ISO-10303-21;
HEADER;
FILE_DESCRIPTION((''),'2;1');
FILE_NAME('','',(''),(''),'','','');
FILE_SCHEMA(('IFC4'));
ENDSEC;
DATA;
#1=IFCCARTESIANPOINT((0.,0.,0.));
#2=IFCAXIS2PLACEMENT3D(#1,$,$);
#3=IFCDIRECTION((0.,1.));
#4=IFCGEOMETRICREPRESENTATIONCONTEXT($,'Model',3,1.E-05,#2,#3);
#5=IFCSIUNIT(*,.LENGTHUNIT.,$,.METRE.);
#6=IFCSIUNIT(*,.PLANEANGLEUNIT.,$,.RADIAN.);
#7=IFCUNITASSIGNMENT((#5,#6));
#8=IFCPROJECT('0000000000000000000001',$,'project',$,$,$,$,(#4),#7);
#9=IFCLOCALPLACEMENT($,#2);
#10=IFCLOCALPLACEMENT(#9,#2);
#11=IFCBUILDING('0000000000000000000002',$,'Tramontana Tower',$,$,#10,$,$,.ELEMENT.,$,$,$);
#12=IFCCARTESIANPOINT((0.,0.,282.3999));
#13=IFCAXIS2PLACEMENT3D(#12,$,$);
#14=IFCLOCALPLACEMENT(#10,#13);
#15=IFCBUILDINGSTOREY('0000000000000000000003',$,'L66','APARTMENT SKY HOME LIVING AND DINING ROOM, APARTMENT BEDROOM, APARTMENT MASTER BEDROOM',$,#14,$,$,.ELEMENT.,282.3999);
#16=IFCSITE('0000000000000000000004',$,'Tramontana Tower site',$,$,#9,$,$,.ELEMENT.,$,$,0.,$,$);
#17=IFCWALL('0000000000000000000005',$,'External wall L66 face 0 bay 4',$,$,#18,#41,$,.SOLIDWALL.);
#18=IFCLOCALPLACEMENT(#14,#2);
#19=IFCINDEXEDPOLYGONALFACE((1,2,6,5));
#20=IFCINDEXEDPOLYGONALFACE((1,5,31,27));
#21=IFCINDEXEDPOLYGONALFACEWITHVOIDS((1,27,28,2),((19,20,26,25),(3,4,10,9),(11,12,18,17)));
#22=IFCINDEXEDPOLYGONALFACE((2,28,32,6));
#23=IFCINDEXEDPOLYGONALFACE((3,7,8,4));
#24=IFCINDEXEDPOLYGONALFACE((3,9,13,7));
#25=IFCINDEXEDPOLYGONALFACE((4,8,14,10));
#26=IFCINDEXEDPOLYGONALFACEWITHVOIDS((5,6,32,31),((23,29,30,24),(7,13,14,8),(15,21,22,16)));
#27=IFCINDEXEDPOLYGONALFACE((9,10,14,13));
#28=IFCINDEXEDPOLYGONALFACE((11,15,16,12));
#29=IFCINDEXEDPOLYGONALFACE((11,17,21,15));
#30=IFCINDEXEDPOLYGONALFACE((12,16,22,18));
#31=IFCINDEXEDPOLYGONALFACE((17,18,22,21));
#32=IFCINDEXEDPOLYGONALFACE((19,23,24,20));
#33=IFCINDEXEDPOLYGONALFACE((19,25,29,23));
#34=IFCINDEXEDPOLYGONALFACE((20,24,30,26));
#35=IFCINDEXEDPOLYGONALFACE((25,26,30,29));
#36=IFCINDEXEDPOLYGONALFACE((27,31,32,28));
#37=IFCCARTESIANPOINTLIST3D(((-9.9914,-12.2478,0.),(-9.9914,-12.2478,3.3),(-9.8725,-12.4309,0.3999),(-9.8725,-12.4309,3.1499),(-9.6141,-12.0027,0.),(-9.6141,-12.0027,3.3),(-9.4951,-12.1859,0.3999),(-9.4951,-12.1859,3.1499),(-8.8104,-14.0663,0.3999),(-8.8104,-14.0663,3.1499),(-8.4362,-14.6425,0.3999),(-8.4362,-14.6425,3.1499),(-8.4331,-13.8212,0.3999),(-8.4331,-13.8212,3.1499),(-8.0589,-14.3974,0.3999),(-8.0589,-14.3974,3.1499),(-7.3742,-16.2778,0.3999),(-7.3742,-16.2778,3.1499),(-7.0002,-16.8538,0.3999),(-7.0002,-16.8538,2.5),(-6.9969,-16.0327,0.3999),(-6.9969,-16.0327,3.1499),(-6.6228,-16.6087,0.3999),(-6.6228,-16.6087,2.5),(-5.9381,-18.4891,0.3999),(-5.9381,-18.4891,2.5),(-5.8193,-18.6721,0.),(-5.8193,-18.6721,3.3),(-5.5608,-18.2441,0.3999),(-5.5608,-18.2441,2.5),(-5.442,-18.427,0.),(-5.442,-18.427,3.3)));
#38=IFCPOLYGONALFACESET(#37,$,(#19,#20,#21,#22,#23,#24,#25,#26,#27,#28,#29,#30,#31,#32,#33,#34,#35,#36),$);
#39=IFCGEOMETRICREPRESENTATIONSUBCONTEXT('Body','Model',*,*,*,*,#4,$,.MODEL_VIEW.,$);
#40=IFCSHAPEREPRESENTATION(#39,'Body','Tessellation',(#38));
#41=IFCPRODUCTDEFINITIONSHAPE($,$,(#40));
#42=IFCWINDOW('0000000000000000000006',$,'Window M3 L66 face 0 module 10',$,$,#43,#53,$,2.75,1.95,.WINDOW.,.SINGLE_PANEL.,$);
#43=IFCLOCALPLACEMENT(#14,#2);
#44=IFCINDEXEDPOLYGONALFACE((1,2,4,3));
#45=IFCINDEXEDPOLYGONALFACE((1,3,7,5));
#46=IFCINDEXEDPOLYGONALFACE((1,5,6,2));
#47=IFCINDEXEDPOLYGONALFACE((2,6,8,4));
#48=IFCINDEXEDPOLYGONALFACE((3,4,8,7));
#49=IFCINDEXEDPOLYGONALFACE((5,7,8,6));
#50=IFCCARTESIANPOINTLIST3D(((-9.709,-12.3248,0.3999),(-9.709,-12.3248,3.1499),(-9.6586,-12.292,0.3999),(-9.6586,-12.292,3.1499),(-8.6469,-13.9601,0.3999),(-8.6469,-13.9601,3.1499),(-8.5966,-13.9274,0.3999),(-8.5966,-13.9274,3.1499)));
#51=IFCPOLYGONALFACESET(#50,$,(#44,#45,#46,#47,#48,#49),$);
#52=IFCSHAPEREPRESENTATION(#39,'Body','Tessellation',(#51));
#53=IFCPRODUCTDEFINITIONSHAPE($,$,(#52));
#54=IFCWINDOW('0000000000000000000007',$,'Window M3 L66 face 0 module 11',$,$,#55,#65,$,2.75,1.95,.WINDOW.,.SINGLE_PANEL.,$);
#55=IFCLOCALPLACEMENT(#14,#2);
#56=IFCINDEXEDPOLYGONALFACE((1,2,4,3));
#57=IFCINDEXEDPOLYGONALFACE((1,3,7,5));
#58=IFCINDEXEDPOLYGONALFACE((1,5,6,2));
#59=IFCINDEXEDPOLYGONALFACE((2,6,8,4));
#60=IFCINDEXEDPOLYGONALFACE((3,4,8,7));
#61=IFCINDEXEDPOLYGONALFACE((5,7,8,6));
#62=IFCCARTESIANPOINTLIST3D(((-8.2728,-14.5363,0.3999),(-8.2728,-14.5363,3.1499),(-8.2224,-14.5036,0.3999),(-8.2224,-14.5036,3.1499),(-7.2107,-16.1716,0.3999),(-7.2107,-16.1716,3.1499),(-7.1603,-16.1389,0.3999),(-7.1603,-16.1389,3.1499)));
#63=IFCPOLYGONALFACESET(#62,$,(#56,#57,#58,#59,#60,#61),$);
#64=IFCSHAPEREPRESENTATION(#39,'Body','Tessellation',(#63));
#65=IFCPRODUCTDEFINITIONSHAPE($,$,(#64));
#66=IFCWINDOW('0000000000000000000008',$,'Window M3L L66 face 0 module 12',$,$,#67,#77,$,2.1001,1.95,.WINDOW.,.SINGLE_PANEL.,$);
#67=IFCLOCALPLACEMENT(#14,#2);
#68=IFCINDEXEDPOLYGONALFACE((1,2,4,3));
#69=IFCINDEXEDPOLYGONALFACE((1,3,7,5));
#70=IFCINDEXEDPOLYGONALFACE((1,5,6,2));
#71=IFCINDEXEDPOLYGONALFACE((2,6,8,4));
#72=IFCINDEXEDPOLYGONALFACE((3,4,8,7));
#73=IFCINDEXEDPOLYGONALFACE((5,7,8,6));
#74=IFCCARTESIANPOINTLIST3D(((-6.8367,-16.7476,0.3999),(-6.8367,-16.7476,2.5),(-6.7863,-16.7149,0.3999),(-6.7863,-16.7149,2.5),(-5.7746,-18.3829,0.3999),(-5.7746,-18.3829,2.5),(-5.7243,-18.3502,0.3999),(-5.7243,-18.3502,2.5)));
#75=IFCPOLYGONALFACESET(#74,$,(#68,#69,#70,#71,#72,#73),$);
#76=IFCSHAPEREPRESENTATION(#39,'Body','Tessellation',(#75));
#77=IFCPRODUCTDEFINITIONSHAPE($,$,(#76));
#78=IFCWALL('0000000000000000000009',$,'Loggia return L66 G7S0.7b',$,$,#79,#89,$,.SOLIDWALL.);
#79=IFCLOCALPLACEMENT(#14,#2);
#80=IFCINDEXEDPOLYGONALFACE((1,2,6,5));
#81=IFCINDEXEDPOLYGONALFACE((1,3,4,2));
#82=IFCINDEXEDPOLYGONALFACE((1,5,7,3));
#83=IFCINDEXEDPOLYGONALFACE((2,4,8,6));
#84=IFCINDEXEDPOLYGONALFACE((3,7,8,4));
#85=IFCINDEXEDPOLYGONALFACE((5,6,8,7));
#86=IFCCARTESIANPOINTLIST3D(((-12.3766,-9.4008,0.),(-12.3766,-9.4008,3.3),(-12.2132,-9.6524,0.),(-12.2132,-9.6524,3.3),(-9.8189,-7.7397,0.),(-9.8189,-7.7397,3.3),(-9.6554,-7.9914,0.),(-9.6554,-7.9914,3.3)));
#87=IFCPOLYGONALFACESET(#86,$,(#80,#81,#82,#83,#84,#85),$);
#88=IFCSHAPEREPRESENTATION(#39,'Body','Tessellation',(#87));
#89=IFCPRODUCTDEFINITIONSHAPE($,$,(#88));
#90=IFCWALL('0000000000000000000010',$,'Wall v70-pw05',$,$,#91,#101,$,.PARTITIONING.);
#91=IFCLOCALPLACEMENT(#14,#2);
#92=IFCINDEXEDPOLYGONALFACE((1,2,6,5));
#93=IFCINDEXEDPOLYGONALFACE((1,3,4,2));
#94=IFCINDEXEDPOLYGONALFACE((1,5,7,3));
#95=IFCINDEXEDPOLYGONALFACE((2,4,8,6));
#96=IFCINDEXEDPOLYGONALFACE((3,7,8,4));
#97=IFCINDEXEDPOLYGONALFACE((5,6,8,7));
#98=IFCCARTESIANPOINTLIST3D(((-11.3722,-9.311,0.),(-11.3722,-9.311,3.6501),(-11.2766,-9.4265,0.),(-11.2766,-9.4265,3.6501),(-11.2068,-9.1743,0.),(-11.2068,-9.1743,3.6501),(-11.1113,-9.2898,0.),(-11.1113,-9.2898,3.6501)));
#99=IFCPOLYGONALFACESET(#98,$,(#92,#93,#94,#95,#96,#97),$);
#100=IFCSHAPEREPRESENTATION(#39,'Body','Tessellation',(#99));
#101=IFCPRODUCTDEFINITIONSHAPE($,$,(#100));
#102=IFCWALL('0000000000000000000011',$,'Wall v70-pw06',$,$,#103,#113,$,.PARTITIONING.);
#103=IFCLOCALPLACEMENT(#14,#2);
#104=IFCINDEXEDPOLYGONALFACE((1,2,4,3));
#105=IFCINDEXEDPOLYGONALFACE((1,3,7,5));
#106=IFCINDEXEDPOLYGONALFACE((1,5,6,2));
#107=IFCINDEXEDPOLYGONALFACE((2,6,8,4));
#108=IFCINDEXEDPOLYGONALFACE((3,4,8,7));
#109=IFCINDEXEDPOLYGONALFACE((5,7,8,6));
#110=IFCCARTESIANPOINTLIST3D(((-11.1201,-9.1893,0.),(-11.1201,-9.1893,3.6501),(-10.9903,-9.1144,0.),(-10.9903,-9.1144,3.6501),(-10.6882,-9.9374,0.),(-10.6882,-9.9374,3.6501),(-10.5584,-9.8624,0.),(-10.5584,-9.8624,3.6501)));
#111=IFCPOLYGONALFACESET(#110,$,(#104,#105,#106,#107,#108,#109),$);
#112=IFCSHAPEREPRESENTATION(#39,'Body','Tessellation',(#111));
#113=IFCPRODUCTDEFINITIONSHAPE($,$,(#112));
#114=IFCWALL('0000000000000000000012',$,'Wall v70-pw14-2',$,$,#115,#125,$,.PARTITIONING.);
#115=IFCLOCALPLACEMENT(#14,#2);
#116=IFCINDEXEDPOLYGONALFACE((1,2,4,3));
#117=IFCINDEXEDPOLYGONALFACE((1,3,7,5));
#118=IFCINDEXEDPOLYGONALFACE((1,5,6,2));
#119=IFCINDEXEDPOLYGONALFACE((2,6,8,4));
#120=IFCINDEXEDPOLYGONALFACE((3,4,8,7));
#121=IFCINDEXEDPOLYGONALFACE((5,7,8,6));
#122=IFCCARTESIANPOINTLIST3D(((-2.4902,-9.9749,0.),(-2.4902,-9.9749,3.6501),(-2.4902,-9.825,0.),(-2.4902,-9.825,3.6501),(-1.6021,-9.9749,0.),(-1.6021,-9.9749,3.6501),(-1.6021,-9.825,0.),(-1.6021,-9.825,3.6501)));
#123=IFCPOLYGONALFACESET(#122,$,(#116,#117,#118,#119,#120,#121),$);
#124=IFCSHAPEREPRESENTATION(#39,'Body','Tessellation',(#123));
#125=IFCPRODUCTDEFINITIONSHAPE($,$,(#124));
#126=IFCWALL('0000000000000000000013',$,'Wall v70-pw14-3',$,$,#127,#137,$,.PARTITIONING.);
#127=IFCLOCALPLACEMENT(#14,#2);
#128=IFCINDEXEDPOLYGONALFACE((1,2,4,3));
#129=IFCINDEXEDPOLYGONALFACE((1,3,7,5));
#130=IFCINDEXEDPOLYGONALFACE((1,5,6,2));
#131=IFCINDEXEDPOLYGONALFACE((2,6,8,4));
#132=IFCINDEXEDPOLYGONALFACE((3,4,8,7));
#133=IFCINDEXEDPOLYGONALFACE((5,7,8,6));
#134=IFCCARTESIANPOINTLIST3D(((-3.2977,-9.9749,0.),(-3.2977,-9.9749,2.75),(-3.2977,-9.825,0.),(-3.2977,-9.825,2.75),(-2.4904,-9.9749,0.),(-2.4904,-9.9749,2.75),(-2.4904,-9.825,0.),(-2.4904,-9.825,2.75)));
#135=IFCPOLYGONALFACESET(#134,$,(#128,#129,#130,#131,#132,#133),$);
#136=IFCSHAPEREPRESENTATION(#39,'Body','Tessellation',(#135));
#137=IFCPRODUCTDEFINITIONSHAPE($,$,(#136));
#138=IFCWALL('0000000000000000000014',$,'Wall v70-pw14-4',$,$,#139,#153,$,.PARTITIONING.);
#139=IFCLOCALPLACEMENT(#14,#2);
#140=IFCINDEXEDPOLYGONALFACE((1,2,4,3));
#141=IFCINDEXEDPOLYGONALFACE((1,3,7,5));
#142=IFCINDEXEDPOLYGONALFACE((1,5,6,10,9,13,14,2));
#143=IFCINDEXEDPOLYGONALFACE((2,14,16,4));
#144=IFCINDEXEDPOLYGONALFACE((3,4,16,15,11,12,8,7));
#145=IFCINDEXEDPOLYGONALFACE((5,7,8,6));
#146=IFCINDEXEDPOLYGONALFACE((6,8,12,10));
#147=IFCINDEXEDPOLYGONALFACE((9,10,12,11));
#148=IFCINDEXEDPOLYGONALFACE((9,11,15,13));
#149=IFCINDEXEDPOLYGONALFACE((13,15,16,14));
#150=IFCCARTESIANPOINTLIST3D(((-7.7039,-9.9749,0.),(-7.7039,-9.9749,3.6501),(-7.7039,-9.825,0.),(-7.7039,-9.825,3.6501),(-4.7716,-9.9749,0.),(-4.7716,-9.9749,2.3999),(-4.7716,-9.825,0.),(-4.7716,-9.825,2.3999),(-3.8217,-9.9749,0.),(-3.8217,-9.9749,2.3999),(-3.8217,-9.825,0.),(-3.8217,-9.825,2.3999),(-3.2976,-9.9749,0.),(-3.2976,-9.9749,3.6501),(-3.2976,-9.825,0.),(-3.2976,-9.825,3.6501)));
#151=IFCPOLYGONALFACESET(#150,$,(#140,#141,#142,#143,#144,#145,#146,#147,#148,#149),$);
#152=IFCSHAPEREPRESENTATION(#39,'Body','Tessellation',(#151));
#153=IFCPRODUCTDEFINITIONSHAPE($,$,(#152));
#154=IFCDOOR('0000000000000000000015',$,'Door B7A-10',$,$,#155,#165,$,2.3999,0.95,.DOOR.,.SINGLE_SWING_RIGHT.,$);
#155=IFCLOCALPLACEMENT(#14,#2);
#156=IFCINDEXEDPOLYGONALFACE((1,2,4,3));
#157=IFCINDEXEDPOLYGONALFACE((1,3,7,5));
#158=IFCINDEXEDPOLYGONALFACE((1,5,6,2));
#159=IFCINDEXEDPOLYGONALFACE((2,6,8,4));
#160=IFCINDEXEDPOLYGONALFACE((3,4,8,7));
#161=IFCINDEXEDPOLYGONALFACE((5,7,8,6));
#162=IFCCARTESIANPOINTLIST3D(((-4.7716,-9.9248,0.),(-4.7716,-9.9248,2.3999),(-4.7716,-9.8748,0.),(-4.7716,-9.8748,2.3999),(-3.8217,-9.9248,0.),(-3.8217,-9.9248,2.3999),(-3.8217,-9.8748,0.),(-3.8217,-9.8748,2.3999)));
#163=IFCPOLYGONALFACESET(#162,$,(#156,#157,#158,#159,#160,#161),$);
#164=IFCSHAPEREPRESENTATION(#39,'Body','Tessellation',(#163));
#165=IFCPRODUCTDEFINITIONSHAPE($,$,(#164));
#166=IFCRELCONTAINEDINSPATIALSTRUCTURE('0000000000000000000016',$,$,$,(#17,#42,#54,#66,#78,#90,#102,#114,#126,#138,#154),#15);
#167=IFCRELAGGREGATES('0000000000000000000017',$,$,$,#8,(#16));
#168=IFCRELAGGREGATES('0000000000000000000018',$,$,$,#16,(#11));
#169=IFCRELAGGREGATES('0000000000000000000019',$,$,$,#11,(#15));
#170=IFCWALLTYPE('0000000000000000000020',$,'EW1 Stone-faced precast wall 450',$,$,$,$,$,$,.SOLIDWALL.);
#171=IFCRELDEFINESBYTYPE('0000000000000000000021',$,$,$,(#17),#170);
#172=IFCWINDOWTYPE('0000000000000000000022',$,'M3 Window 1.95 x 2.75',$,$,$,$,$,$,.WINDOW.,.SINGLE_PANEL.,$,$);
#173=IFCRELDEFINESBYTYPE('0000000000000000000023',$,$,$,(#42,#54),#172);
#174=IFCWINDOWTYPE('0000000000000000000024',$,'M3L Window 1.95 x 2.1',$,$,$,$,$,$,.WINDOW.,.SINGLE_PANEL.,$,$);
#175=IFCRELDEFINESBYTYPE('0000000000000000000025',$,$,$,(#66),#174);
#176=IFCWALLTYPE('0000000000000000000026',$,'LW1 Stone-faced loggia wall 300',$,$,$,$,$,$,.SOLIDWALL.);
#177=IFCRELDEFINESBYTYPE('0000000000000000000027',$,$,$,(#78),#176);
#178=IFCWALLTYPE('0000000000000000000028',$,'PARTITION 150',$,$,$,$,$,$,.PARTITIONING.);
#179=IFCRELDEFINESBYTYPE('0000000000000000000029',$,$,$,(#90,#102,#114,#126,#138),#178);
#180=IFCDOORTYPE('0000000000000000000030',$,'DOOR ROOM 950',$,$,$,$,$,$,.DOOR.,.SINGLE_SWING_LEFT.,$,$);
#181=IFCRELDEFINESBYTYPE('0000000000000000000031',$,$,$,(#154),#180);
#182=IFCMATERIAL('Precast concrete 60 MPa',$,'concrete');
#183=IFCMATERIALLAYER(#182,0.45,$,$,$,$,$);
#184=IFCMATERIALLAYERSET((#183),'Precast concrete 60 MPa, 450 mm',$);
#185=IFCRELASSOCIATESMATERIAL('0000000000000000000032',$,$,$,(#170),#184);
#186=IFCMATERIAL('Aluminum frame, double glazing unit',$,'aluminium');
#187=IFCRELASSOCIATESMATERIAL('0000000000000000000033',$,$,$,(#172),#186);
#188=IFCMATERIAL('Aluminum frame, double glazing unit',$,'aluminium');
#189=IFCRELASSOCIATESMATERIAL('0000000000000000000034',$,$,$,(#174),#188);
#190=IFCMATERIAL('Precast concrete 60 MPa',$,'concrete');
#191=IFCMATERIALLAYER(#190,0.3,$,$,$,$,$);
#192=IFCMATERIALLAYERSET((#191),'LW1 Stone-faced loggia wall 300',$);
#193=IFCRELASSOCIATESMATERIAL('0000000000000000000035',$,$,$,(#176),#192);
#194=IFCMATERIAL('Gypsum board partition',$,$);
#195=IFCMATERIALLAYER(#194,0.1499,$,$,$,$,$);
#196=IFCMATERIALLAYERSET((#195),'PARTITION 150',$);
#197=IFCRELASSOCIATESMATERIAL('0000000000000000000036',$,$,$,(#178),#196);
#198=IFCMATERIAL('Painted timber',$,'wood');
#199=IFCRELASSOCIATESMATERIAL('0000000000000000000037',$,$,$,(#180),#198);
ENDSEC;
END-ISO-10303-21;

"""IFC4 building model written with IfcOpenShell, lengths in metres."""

from ifc_helpers import new_model, si_unit, direction, frame, frame_2d, origin, place, context, subcontext, project, spatial, rectangle, extrude, material, layer, layer_set, type_object, element, fill, save


model = new_model("IFC4")

# Units and contexts
model_context = context("Model", 3, precision=1e-05, world=origin(), true_north=direction((0.0, 1.0)))
body_context = subcontext(model_context, "Body", "Model", "MODEL_VIEW")
ifc_project = project(units=[si_unit("LENGTHUNIT", "METRE"), si_unit("PLANEANGLEUNIT", "RADIAN")], contexts=[model_context])

# Site, building, storey
site_placement = place(None, origin())
site = spatial("IfcSite", under=ifc_project, at=site_placement, Name="Tramontana Tower site", CompositionType="ELEMENT", RefElevation=0.0)
building_placement = place(site_placement, origin())
building = spatial("IfcBuilding", under=site, at=building_placement, Name="Tramontana Tower", CompositionType="ELEMENT")
storey_placement = place(building_placement, frame((0.0, 0.0, 282.3999)))
storey = spatial("IfcBuildingStorey", under=building, at=storey_placement, Name="L66", Description="APARTMENT SKY HOME LIVING AND DINING ROOM, APARTMENT BEDROOM, APARTMENT MASTER BEDROOM", CompositionType="ELEMENT", Elevation=282.3999)

# Shared definitions
ifc_material_1 = material(Name="Precast concrete 60 MPa", Category="concrete")
ifc_layer_1 = layer(ifc_material_1, 0.45)
ifc_layer_set_1 = layer_set([ifc_layer_1], Name="Precast concrete 60 MPa, 450 mm")
wall_type_1 = type_object("IfcWallType", Name="EW1 Stone-faced precast wall 450", PredefinedType="SOLIDWALL", material=ifc_layer_set_1)
ifc_material_2 = material(Name="Aluminum frame, double glazing unit", Category="aluminium")
window_type_1 = type_object("IfcWindowType", Name="M3 Window 1.95 x 2.75", PartitioningType="SINGLE_PANEL", PredefinedType="WINDOW", material=ifc_material_2)

# Wall, openings, windows
wall_1_placement = place(storey_placement, frame((-9.8027, -12.1252, 0.0), z_axis=(0.0, 0.0, 1.0), x_axis=(0.54465, -0.838663, 0.0)))
wall_1 = element("IfcWall", 1, at=wall_1_placement, inside=storey, type_object=wall_type_1, Name="External wall L66 face 0 bay 4", PredefinedType="SOLIDWALL", context=body_context, shape_type="SweptSolid", body=[
    extrude(rectangle(XDim=7.6602, YDim=0.45, at=frame_2d((3.8301, 0.0))), origin(), (0.0, 0.0, 1.0), 3.3),
])
opening_1_placement = place(wall_1_placement, frame((0.2183, 0.0, 0.3999)))
opening_1 = element("IfcOpeningElement", 2, at=opening_1_placement, cuts=wall_1, PredefinedType="OPENING", context=body_context, shape_type="SweptSolid", body=[
    extrude(rectangle(XDim=1.95, YDim=2.75, at=frame_2d((0.9751, 1.375))), frame((0.0, 0.2349, 0.0), z_axis=(0.0, -1.0, 0.0), x_axis=(1.0, 0.0, 0.0)), (0.0, 0.0, 1.0), 0.47),
])
opening_2_placement = place(wall_1_placement, frame((2.8552, 0.0, 0.3999)))
opening_2 = element("IfcOpeningElement", 3, at=opening_2_placement, cuts=wall_1, PredefinedType="OPENING", context=body_context, shape_type="SweptSolid", body=[
    extrude(rectangle(XDim=1.95, YDim=2.75, at=frame_2d((0.9751, 1.375))), frame((0.0, 0.2349, 0.0), z_axis=(0.0, -1.0, 0.0), x_axis=(1.0, 0.0, 0.0)), (0.0, 0.0, 1.0), 0.47),
])
opening_3_placement = place(wall_1_placement, frame((5.4919, 0.0, 0.3999)))
opening_3 = element("IfcOpeningElement", 4, at=opening_3_placement, cuts=wall_1, PredefinedType="OPENING", context=body_context, shape_type="SweptSolid", body=[
    extrude(rectangle(XDim=1.95, YDim=2.1001, at=frame_2d((0.9751, 1.05))), frame((0.0, 0.2349, 0.0), z_axis=(0.0, -1.0, 0.0), x_axis=(1.0, 0.0, 0.0)), (0.0, 0.0, 1.0), 0.47),
])
window_1_placement = place(opening_1_placement, origin())
window_1 = element("IfcWindow", 5, at=window_1_placement, inside=storey, type_object=window_type_1, Name="Window M3 L66 face 0 module 10", OverallHeight=2.75, OverallWidth=1.95, PartitioningType="SINGLE_PANEL", PredefinedType="WINDOW", context=body_context, shape_type="SweptSolid", body=[
    extrude(rectangle(XDim=1.95, YDim=2.75, at=frame_2d((0.9751, 1.375))), frame((0.0, 0.03, 0.0), z_axis=(0.0, -1.0, 0.0), x_axis=(1.0, 0.0, 0.0)), (0.0, 0.0, 1.0), 0.0601),
])
fill(opening_1, window_1)
window_2_placement = place(opening_2_placement, origin())
window_2 = element("IfcWindow", 6, at=window_2_placement, inside=storey, type_object=window_type_1, Name="Window M3 L66 face 0 module 11", OverallHeight=2.75, OverallWidth=1.95, PartitioningType="SINGLE_PANEL", PredefinedType="WINDOW", context=body_context, shape_type="SweptSolid", body=[
    extrude(rectangle(XDim=1.95, YDim=2.75, at=frame_2d((0.9751, 1.375))), frame((0.0, 0.03, 0.0), z_axis=(0.0, -1.0, 0.0), x_axis=(1.0, 0.0, 0.0)), (0.0, 0.0, 1.0), 0.0601),
])
fill(opening_2, window_2)
ifc_material_3 = material(Name="Aluminum frame, double glazing unit", Category="aluminium")
window_type_2 = type_object("IfcWindowType", Name="M3L Window 1.95 x 2.1", PartitioningType="SINGLE_PANEL", PredefinedType="WINDOW", material=ifc_material_3)
window_3_placement = place(opening_3_placement, origin())
window_3 = element("IfcWindow", 7, at=window_3_placement, inside=storey, type_object=window_type_2, Name="Window M3L L66 face 0 module 12", OverallHeight=2.1001, OverallWidth=1.95, PartitioningType="SINGLE_PANEL", PredefinedType="WINDOW", context=body_context, shape_type="SweptSolid", body=[
    extrude(rectangle(XDim=1.95, YDim=2.1001, at=frame_2d((0.9751, 1.05))), frame((0.0, 0.03, 0.0), z_axis=(0.0, -1.0, 0.0), x_axis=(1.0, 0.0, 0.0)), (0.0, 0.0, 1.0), 0.0601),
])
fill(opening_3, window_3)

# Walls
ifc_material_4 = material(Name="Precast concrete 60 MPa", Category="concrete")
ifc_layer_2 = layer(ifc_material_4, 0.3)
ifc_layer_set_2 = layer_set([ifc_layer_2], Name="LW1 Stone-faced loggia wall 300")
wall_type_2 = type_object("IfcWallType", Name="LW1 Stone-faced loggia wall 300", PredefinedType="SOLIDWALL", material=ifc_layer_set_2)
wall_2_placement = place(storey_placement, frame((-12.2949, -9.5266, 0.0), z_axis=(0.0, 0.0, 1.0), x_axis=(0.838665, 0.544648, 0.0)))
element("IfcWall", 8, at=wall_2_placement, inside=storey, type_object=wall_type_2, Name="Loggia return L66 G7S0.7b", PredefinedType="SOLIDWALL", context=body_context, shape_type="SweptSolid", body=[
    extrude(rectangle(XDim=3.0498, YDim=0.3, at=frame_2d((1.5249, 0.0))), origin(), (0.0, 0.0, 1.0), 3.3),
])
ifc_material_5 = material(Name="Gypsum board partition")
ifc_layer_3 = layer(ifc_material_5, 0.1499)
ifc_layer_set_3 = layer_set([ifc_layer_3], Name="PARTITION 150")
wall_type_3 = type_object("IfcWallType", Name="PARTITION 150", PredefinedType="PARTITIONING", material=ifc_layer_set_3)
wall_3_placement = place(storey_placement, frame((-11.1589, -9.2319, 0.0), z_axis=(0.0, 0.0, 1.0), x_axis=(-0.770549, -0.637381, 0.0)))
element("IfcWall", 9, at=wall_3_placement, inside=storey, type_object=wall_type_3, Name="Wall v70-pw05", PredefinedType="PARTITIONING", context=body_context, shape_type="SweptSolid", body=[
    extrude(rectangle(XDim=0.2146, YDim=0.1499, at=frame_2d((0.1074, 0.0))), origin(), (0.0, 0.0, 1.0), 3.6501),
])
wall_4_placement = place(storey_placement, frame((-10.6233, -9.8999, 0.0), z_axis=(0.0, 0.0, 1.0), x_axis=(-0.5, 0.866026, 0.0)))
element("IfcWall", 10, at=wall_4_placement, inside=storey, type_object=wall_type_3, Name="Wall v70-pw06", PredefinedType="PARTITIONING", context=body_context, shape_type="SweptSolid", body=[
    extrude(rectangle(XDim=0.8638, YDim=0.1499, at=frame_2d((0.4319, 0.0))), origin(), (0.0, 0.0, 1.0), 3.6501),
])
wall_5_placement = place(storey_placement, frame((-1.6021, -9.8999, 0.0), z_axis=(0.0, 0.0, 1.0), x_axis=(-1.0, 0.0, 0.0)))
element("IfcWall", 11, at=wall_5_placement, inside=storey, type_object=wall_type_3, Name="Wall v70-pw14-2", PredefinedType="PARTITIONING", context=body_context, shape_type="SweptSolid", body=[
    extrude(rectangle(XDim=0.8882, YDim=0.1499, at=frame_2d((0.4441, 0.0))), origin(), (0.0, 0.0, 1.0), 3.6501),
])
wall_6_placement = place(storey_placement, frame((-2.4902, -9.8999, 0.0), z_axis=(0.0, 0.0, 1.0), x_axis=(-1.0, 0.0, 0.0)))
element("IfcWall", 12, at=wall_6_placement, inside=storey, type_object=wall_type_3, Name="Wall v70-pw14-3", PredefinedType="PARTITIONING", context=body_context, shape_type="SweptSolid", body=[
    extrude(rectangle(XDim=0.8074, YDim=0.1499, at=frame_2d((0.4038, 0.0))), origin(), (0.0, 0.0, 1.0), 2.75),
])

# Wall, opening, door
wall_7_placement = place(storey_placement, frame((-3.2976, -9.8999, 0.0), z_axis=(0.0, 0.0, 1.0), x_axis=(-1.0, 0.0, 0.0)))
wall_7 = element("IfcWall", 13, at=wall_7_placement, inside=storey, type_object=wall_type_3, Name="Wall v70-pw14-4", PredefinedType="PARTITIONING", context=body_context, shape_type="SweptSolid", body=[
    extrude(rectangle(XDim=4.4062, YDim=0.1499, at=frame_2d((2.2031, 0.0))), origin(), (0.0, 0.0, 1.0), 3.6501),
])
opening_4_placement = place(wall_7_placement, frame((0.5239, 0.0, 0.0)))
opening_4 = element("IfcOpeningElement", 14, at=opening_4_placement, cuts=wall_7, PredefinedType="OPENING", context=body_context, shape_type="SweptSolid", body=[
    extrude(rectangle(XDim=0.95, YDim=2.3999, at=frame_2d((0.4751, 1.2))), frame((0.0, 0.085, 0.0), z_axis=(0.0, -1.0, 0.0), x_axis=(1.0, 0.0, 0.0)), (0.0, 0.0, 1.0), 0.1699),
])
ifc_material_6 = material(Name="Painted timber", Category="wood")
door_type = type_object("IfcDoorType", Name="DOOR ROOM 950", OperationType="SINGLE_SWING_LEFT", PredefinedType="DOOR", material=ifc_material_6)
door_1_placement = place(opening_4_placement, origin())
door_1 = element("IfcDoor", 15, at=door_1_placement, inside=storey, type_object=door_type, Name="Door B7A-10", OperationType="SINGLE_SWING_RIGHT", OverallHeight=2.3999, OverallWidth=0.95, PredefinedType="DOOR", context=body_context, shape_type="SweptSolid", body=[
    extrude(rectangle(XDim=0.95, YDim=2.3999, at=frame_2d((0.4751, 1.2))), frame((0.0, 0.0249, 0.0), z_axis=(0.0, -1.0, 0.0), x_axis=(1.0, 0.0, 0.0)), (0.0, 0.0, 1.0), 0.05),
])
fill(opening_4, door_1)

save(model, "model.ifc")
